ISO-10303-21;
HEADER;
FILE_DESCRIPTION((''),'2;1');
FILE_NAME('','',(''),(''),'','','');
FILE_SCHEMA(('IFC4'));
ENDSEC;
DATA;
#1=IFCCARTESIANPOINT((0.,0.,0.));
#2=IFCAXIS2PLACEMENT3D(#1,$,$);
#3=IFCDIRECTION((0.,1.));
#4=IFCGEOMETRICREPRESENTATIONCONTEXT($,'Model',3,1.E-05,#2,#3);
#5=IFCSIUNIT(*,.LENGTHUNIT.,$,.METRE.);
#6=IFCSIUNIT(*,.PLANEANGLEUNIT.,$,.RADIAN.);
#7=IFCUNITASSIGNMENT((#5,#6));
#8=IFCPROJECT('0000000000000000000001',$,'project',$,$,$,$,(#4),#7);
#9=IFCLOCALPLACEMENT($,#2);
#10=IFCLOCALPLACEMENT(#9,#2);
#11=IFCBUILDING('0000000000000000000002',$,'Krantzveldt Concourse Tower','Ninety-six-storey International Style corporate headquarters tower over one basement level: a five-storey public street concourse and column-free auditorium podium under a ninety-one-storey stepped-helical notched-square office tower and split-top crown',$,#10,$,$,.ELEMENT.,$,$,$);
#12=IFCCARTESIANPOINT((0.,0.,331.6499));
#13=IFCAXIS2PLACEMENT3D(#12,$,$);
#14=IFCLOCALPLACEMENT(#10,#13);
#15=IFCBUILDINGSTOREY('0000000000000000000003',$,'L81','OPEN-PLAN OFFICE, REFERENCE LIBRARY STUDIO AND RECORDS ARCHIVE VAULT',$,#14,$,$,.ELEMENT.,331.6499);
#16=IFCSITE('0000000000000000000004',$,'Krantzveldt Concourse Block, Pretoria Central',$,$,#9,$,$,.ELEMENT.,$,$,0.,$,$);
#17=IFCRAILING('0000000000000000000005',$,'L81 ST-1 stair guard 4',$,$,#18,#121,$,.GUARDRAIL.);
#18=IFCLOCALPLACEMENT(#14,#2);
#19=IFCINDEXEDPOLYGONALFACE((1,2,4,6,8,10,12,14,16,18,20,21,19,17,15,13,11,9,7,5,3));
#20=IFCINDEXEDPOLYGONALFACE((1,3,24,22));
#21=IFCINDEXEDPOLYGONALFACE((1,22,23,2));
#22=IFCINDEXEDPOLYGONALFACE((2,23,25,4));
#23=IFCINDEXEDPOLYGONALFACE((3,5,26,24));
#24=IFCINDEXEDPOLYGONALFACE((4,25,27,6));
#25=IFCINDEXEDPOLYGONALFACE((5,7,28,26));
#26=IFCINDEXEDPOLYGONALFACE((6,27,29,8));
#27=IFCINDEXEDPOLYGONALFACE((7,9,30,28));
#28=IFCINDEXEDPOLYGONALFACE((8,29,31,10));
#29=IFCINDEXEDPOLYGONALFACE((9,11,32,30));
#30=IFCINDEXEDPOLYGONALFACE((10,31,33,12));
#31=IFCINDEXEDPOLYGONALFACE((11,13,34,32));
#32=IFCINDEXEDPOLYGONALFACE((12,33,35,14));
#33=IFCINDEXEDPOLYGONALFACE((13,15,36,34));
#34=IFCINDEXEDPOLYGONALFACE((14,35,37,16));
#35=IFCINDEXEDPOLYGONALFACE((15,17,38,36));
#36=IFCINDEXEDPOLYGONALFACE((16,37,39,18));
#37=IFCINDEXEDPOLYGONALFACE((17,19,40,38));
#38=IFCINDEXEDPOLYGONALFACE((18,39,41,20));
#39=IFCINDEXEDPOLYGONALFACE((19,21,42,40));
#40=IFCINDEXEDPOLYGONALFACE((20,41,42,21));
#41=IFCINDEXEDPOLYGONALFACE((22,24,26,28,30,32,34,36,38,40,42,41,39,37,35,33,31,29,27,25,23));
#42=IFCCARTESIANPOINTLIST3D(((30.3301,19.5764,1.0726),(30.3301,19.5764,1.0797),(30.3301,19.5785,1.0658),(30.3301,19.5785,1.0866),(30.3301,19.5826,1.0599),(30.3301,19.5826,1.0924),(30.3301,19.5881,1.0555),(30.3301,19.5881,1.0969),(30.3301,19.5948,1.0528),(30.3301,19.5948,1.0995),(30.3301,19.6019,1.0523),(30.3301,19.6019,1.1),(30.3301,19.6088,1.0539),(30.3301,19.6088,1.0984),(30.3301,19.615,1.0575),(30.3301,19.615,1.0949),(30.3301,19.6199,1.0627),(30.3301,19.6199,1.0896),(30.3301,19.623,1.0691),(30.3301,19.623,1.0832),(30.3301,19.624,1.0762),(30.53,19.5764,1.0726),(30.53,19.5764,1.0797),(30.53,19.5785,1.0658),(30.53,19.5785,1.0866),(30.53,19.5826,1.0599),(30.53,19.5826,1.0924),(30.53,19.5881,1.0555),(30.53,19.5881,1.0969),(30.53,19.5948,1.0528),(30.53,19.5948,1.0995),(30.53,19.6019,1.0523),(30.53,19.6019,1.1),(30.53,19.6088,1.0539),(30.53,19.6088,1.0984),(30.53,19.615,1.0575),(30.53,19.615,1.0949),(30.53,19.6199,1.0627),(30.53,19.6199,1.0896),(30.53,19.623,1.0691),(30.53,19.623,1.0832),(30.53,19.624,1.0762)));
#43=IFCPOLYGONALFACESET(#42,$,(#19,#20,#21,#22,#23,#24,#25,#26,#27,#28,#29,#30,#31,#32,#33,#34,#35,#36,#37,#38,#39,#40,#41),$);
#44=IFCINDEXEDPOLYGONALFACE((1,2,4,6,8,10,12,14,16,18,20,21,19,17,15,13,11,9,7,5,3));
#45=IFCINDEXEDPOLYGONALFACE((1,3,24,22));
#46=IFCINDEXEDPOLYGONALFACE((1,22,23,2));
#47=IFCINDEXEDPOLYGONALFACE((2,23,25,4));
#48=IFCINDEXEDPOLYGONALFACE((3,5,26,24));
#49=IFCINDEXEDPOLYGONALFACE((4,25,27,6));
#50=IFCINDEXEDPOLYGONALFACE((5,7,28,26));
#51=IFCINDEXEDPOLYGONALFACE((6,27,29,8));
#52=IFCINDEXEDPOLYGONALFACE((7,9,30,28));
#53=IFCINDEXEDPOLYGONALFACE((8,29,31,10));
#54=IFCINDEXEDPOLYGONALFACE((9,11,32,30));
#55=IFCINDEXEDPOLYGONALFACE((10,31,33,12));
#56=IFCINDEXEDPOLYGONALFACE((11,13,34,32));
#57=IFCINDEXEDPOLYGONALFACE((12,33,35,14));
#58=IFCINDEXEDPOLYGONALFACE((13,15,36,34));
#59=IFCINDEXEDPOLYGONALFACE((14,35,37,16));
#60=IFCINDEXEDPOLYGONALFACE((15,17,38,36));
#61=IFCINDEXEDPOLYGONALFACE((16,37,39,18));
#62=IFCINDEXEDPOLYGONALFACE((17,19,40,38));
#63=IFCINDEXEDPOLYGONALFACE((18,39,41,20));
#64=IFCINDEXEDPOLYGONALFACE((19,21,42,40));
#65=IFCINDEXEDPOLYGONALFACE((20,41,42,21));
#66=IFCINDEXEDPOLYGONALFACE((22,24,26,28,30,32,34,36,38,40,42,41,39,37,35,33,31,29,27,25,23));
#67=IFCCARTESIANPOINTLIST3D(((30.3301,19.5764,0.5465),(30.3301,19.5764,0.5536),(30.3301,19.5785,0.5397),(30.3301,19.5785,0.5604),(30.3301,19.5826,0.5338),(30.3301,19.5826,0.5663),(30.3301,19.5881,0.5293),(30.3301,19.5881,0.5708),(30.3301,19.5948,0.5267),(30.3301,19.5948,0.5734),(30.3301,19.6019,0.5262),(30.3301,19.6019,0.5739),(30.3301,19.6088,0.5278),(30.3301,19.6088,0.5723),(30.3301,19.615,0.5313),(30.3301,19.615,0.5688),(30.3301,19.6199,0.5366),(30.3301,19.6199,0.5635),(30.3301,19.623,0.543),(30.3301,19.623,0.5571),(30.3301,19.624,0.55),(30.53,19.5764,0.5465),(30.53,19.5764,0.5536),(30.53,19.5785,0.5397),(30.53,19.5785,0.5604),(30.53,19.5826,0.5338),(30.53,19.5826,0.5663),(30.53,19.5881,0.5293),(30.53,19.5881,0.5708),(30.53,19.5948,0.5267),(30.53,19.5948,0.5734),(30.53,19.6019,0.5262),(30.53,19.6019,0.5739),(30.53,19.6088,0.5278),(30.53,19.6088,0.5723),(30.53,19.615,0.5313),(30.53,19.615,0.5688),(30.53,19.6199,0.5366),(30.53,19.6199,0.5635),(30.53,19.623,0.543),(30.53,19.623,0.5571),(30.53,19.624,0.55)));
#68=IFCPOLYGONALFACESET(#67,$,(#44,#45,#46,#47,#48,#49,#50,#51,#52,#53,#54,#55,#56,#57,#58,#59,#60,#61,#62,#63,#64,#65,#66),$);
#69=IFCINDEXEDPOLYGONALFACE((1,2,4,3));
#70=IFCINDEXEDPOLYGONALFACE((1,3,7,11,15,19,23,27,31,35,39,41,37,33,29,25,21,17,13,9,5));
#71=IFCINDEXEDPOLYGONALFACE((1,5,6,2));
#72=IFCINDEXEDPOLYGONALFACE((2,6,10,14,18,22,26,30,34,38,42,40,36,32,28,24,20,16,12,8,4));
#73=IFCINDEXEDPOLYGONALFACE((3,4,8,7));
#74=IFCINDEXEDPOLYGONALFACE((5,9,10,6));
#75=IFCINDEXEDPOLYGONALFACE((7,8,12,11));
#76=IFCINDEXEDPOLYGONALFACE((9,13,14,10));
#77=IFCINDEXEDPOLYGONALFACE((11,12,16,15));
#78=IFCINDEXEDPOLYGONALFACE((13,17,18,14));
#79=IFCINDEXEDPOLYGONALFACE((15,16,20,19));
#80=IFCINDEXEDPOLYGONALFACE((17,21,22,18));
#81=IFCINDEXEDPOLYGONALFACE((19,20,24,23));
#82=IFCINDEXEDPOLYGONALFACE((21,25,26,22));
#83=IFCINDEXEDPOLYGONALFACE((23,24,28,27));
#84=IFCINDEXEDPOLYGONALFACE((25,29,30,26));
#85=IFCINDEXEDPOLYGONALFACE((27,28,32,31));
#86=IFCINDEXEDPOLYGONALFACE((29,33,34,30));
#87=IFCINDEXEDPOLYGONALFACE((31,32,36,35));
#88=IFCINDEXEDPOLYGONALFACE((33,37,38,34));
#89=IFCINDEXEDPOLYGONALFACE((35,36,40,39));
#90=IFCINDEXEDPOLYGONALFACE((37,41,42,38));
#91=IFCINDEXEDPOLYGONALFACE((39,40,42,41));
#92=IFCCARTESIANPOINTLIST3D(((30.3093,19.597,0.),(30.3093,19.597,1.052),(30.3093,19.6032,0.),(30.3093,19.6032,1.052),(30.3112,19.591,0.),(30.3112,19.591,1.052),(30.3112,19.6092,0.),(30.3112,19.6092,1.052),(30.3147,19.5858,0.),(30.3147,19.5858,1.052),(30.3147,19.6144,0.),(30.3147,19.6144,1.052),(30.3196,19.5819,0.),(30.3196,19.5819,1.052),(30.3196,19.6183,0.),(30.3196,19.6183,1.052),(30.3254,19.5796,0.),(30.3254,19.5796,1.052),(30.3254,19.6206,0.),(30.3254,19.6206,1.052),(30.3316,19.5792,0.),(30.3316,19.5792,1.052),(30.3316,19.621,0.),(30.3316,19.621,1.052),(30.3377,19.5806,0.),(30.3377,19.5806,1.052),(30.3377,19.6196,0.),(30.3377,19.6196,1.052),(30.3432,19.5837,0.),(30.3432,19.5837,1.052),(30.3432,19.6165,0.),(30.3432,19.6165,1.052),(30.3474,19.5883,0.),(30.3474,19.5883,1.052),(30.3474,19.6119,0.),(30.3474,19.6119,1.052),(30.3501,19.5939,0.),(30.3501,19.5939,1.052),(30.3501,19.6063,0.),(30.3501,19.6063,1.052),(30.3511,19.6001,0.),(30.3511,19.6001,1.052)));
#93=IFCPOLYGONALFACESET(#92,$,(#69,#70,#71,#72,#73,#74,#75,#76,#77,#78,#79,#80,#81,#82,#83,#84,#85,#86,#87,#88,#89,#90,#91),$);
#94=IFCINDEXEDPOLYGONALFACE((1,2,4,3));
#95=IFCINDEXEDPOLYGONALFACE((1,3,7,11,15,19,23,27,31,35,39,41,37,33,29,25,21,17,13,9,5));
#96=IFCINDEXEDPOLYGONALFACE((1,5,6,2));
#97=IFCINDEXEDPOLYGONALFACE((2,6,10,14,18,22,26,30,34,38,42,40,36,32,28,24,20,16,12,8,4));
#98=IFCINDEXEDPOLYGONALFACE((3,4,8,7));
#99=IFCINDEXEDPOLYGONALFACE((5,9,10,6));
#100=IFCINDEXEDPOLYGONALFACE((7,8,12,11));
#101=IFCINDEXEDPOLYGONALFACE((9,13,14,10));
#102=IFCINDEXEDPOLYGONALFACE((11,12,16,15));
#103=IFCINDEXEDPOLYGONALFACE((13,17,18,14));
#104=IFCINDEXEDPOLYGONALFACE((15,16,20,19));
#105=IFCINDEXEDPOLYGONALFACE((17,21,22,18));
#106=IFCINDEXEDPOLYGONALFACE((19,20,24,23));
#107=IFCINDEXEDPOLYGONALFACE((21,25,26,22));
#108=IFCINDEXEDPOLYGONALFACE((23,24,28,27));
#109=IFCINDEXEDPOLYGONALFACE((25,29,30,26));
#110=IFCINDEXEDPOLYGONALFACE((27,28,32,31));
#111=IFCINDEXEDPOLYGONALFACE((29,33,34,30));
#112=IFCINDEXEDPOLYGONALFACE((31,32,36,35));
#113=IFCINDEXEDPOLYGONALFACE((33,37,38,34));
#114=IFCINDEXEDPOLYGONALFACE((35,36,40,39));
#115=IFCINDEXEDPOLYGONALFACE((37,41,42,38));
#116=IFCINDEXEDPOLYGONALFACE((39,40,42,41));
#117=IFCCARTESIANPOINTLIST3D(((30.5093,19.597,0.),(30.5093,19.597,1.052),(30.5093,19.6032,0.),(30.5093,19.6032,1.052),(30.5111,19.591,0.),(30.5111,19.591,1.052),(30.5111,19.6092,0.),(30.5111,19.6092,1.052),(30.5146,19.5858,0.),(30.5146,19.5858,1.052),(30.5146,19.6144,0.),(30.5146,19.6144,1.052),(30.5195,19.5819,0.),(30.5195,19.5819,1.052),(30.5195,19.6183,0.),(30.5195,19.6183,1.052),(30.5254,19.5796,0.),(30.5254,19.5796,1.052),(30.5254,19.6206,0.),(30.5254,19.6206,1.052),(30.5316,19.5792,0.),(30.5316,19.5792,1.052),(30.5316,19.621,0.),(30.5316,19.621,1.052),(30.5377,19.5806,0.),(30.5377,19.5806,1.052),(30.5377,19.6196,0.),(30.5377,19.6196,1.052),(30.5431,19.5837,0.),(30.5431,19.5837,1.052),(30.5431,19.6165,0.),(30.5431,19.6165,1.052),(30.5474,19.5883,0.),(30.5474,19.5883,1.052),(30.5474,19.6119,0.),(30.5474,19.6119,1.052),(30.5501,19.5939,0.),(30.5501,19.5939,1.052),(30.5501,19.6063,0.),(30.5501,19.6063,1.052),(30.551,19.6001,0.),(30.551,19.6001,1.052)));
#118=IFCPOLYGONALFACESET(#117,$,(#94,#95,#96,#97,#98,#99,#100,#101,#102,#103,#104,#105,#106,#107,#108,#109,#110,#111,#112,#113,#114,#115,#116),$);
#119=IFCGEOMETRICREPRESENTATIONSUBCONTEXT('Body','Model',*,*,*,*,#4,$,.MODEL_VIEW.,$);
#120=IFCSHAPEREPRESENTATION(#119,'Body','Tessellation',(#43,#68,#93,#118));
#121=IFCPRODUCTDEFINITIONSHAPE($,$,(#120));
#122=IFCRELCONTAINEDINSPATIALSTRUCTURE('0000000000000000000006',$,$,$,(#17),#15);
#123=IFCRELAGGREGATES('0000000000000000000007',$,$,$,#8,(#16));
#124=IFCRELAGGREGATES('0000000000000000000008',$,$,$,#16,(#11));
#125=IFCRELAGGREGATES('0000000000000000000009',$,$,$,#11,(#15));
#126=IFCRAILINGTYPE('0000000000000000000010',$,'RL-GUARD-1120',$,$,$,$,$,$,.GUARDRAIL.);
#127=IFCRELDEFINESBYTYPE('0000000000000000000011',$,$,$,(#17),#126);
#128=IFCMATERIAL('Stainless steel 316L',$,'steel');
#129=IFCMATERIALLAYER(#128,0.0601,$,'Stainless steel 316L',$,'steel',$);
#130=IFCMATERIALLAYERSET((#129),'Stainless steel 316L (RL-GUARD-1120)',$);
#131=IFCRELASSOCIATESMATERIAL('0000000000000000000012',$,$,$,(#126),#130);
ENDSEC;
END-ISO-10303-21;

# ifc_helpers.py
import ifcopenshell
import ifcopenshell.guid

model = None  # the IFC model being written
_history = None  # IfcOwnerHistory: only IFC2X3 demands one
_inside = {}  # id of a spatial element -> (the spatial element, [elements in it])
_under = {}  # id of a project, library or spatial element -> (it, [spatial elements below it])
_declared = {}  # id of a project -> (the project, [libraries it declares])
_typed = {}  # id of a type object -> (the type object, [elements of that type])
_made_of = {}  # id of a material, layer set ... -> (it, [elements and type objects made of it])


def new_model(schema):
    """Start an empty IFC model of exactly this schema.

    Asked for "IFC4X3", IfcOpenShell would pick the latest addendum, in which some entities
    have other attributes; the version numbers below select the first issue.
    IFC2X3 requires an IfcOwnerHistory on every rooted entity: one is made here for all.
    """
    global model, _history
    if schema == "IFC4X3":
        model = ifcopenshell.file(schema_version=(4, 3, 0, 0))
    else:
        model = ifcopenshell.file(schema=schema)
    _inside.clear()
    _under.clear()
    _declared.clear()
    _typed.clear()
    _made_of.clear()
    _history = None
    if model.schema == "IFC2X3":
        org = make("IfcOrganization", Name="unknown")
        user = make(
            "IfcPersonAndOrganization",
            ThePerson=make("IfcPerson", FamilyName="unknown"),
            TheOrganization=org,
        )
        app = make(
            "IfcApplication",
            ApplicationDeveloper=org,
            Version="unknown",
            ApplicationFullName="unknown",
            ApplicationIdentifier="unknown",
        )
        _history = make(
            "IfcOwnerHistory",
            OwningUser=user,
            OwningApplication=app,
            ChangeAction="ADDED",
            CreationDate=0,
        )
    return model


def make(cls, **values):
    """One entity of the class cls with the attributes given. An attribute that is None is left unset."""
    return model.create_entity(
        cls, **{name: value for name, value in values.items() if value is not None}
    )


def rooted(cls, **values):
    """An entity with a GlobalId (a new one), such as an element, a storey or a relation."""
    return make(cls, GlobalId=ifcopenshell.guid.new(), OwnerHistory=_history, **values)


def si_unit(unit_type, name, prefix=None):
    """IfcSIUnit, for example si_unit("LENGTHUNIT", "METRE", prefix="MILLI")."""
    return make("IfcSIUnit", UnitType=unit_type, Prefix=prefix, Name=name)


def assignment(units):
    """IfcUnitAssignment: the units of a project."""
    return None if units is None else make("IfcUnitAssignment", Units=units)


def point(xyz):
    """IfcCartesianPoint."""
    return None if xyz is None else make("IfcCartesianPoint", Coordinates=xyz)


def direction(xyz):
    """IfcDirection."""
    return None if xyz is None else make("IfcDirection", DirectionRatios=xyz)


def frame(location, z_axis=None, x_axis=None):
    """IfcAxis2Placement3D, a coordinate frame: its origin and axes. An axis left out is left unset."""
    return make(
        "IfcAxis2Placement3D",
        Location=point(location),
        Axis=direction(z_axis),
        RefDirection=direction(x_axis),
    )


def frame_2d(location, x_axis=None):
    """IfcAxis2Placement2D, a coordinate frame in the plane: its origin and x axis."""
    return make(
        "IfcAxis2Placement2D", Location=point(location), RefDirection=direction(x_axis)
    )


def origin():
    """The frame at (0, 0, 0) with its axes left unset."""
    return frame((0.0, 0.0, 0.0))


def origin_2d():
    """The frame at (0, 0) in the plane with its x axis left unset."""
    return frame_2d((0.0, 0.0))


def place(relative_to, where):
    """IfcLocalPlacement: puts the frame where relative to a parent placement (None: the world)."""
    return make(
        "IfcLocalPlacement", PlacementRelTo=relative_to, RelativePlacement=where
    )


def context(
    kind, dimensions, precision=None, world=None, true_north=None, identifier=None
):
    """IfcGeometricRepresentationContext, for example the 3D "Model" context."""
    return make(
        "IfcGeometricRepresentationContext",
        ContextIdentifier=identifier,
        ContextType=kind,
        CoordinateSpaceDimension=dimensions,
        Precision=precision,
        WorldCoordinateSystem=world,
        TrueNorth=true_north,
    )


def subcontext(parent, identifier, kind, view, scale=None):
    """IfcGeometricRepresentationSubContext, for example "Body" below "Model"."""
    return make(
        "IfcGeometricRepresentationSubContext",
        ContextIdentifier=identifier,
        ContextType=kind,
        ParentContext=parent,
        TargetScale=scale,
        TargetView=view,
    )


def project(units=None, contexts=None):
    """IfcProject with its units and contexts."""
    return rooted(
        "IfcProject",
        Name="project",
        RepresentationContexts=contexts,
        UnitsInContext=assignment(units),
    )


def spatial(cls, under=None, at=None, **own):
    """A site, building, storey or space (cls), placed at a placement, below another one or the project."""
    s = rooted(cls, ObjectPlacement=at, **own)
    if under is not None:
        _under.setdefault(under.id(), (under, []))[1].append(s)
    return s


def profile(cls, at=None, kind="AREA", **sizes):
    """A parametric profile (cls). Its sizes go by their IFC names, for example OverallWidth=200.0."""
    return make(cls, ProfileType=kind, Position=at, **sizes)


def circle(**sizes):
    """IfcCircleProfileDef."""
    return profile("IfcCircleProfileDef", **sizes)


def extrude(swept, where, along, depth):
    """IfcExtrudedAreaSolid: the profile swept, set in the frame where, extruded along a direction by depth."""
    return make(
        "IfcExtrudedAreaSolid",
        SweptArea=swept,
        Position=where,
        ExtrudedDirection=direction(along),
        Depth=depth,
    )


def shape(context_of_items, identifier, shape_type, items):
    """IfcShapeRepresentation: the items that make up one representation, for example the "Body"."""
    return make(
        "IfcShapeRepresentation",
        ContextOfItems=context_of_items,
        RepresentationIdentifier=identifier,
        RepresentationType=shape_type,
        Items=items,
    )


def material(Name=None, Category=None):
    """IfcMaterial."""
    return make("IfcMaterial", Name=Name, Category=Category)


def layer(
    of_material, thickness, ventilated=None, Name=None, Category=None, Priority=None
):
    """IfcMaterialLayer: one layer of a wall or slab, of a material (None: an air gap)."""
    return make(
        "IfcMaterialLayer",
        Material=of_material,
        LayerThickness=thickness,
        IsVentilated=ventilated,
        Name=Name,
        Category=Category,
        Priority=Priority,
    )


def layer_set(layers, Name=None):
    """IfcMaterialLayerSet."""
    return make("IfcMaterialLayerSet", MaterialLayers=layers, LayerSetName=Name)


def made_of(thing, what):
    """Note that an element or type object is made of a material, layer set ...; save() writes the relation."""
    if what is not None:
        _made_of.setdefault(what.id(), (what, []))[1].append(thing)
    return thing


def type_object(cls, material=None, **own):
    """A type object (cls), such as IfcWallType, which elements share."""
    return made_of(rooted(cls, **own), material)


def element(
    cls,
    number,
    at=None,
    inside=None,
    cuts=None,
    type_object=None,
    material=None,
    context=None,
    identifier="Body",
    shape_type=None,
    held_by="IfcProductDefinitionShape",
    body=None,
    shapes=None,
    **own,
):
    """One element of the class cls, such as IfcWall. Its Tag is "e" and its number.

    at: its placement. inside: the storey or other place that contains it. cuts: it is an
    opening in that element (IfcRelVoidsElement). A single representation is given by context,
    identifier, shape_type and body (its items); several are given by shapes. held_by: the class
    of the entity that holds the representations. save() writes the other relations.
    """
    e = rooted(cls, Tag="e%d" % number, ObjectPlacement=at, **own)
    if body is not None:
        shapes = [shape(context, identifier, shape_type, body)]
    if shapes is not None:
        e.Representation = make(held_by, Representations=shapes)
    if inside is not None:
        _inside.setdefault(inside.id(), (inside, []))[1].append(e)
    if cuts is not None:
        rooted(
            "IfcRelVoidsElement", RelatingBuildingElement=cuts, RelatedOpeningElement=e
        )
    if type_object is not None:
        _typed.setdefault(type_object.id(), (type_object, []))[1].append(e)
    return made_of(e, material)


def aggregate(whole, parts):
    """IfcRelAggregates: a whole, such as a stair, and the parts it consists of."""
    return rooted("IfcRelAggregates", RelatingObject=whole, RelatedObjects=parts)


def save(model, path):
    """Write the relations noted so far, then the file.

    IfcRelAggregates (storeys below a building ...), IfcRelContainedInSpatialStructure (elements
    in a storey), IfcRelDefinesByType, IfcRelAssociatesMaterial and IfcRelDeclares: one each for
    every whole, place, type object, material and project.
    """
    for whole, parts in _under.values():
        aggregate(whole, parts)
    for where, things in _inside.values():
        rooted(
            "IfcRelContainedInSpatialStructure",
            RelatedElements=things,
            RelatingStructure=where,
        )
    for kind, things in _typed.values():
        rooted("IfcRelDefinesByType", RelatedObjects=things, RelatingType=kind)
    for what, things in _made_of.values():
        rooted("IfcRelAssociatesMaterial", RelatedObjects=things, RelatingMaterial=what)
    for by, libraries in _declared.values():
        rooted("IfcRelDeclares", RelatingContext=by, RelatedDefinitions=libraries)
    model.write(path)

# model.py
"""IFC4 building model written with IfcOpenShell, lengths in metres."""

from ifc_helpers import new_model, si_unit, direction, frame, origin, origin_2d, place, context, subcontext, project, spatial, circle, extrude, material, layer, layer_set, type_object, element, save


model = new_model("IFC4")

# Units and contexts
model_context = context("Model", 3, precision=1e-05, world=origin(), true_north=direction((0.0, 1.0)))
body_context = subcontext(model_context, "Body", "Model", "MODEL_VIEW")
ifc_project = project(units=[si_unit("LENGTHUNIT", "METRE"), si_unit("PLANEANGLEUNIT", "RADIAN")], contexts=[model_context])

# Site, building, storey
site_placement = place(None, origin())
site = spatial("IfcSite", under=ifc_project, at=site_placement, Name="Krantzveldt Concourse Block, Pretoria Central", CompositionType="ELEMENT", RefElevation=0.0)
building_placement = place(site_placement, origin())
building = spatial("IfcBuilding", under=site, at=building_placement, Name="Krantzveldt Concourse Tower", Description="Ninety-six-storey International Style corporate headquarters tower over one basement level: a five-storey public street concourse and column-free auditorium podium under a ninety-one-storey stepped-helical notched-square office tower and split-top crown", CompositionType="ELEMENT")
storey_placement = place(building_placement, frame((0.0, 0.0, 331.6499)))
storey = spatial("IfcBuildingStorey", under=building, at=storey_placement, Name="L81", Description="OPEN-PLAN OFFICE, REFERENCE LIBRARY STUDIO AND RECORDS ARCHIVE VAULT", CompositionType="ELEMENT", Elevation=331.6499)

# Shared definitions
ifc_material_1 = material(Name="Stainless steel 316L", Category="steel")

# Railing
ifc_layer_1 = layer(ifc_material_1, 0.0601, Name="Stainless steel 316L", Category="steel")
ifc_layer_set_1 = layer_set([ifc_layer_1], Name="Stainless steel 316L (RL-GUARD-1120)")
railing_type_1 = type_object("IfcRailingType", Name="RL-GUARD-1120", PredefinedType="GUARDRAIL", material=ifc_layer_set_1)
railing_1_placement = place(storey_placement, frame((30.3301, 19.6001, 0.0)))
element("IfcRailing", 1, at=railing_1_placement, inside=storey, type_object=railing_type_1, Name="L81 ST-1 stair guard 4", PredefinedType="GUARDRAIL", context=body_context, shape_type="SweptSolid", body=[
    extrude(circle(Radius=0.0239, at=origin_2d()), frame((0.0, 0.0, 1.0762), z_axis=(1.0, 0.0, 0.0), x_axis=(0.0, 1.0, 0.0)), (0.0, 0.0, 1.0), 0.2),
    extrude(circle(Radius=0.0239, at=origin_2d()), frame((0.0, 0.0, 0.55), z_axis=(1.0, 0.0, 0.0), x_axis=(0.0, 1.0, 0.0)), (0.0, 0.0, 1.0), 0.2),
    extrude(circle(Radius=0.021, at=origin_2d()), origin(), (0.0, 0.0, 1.0), 1.052),
    extrude(circle(Radius=0.021, at=origin_2d()), frame((0.2, 0.0, 0.0)), (0.0, 0.0, 1.0), 1.052),
])

save(model, "model.ifc")
